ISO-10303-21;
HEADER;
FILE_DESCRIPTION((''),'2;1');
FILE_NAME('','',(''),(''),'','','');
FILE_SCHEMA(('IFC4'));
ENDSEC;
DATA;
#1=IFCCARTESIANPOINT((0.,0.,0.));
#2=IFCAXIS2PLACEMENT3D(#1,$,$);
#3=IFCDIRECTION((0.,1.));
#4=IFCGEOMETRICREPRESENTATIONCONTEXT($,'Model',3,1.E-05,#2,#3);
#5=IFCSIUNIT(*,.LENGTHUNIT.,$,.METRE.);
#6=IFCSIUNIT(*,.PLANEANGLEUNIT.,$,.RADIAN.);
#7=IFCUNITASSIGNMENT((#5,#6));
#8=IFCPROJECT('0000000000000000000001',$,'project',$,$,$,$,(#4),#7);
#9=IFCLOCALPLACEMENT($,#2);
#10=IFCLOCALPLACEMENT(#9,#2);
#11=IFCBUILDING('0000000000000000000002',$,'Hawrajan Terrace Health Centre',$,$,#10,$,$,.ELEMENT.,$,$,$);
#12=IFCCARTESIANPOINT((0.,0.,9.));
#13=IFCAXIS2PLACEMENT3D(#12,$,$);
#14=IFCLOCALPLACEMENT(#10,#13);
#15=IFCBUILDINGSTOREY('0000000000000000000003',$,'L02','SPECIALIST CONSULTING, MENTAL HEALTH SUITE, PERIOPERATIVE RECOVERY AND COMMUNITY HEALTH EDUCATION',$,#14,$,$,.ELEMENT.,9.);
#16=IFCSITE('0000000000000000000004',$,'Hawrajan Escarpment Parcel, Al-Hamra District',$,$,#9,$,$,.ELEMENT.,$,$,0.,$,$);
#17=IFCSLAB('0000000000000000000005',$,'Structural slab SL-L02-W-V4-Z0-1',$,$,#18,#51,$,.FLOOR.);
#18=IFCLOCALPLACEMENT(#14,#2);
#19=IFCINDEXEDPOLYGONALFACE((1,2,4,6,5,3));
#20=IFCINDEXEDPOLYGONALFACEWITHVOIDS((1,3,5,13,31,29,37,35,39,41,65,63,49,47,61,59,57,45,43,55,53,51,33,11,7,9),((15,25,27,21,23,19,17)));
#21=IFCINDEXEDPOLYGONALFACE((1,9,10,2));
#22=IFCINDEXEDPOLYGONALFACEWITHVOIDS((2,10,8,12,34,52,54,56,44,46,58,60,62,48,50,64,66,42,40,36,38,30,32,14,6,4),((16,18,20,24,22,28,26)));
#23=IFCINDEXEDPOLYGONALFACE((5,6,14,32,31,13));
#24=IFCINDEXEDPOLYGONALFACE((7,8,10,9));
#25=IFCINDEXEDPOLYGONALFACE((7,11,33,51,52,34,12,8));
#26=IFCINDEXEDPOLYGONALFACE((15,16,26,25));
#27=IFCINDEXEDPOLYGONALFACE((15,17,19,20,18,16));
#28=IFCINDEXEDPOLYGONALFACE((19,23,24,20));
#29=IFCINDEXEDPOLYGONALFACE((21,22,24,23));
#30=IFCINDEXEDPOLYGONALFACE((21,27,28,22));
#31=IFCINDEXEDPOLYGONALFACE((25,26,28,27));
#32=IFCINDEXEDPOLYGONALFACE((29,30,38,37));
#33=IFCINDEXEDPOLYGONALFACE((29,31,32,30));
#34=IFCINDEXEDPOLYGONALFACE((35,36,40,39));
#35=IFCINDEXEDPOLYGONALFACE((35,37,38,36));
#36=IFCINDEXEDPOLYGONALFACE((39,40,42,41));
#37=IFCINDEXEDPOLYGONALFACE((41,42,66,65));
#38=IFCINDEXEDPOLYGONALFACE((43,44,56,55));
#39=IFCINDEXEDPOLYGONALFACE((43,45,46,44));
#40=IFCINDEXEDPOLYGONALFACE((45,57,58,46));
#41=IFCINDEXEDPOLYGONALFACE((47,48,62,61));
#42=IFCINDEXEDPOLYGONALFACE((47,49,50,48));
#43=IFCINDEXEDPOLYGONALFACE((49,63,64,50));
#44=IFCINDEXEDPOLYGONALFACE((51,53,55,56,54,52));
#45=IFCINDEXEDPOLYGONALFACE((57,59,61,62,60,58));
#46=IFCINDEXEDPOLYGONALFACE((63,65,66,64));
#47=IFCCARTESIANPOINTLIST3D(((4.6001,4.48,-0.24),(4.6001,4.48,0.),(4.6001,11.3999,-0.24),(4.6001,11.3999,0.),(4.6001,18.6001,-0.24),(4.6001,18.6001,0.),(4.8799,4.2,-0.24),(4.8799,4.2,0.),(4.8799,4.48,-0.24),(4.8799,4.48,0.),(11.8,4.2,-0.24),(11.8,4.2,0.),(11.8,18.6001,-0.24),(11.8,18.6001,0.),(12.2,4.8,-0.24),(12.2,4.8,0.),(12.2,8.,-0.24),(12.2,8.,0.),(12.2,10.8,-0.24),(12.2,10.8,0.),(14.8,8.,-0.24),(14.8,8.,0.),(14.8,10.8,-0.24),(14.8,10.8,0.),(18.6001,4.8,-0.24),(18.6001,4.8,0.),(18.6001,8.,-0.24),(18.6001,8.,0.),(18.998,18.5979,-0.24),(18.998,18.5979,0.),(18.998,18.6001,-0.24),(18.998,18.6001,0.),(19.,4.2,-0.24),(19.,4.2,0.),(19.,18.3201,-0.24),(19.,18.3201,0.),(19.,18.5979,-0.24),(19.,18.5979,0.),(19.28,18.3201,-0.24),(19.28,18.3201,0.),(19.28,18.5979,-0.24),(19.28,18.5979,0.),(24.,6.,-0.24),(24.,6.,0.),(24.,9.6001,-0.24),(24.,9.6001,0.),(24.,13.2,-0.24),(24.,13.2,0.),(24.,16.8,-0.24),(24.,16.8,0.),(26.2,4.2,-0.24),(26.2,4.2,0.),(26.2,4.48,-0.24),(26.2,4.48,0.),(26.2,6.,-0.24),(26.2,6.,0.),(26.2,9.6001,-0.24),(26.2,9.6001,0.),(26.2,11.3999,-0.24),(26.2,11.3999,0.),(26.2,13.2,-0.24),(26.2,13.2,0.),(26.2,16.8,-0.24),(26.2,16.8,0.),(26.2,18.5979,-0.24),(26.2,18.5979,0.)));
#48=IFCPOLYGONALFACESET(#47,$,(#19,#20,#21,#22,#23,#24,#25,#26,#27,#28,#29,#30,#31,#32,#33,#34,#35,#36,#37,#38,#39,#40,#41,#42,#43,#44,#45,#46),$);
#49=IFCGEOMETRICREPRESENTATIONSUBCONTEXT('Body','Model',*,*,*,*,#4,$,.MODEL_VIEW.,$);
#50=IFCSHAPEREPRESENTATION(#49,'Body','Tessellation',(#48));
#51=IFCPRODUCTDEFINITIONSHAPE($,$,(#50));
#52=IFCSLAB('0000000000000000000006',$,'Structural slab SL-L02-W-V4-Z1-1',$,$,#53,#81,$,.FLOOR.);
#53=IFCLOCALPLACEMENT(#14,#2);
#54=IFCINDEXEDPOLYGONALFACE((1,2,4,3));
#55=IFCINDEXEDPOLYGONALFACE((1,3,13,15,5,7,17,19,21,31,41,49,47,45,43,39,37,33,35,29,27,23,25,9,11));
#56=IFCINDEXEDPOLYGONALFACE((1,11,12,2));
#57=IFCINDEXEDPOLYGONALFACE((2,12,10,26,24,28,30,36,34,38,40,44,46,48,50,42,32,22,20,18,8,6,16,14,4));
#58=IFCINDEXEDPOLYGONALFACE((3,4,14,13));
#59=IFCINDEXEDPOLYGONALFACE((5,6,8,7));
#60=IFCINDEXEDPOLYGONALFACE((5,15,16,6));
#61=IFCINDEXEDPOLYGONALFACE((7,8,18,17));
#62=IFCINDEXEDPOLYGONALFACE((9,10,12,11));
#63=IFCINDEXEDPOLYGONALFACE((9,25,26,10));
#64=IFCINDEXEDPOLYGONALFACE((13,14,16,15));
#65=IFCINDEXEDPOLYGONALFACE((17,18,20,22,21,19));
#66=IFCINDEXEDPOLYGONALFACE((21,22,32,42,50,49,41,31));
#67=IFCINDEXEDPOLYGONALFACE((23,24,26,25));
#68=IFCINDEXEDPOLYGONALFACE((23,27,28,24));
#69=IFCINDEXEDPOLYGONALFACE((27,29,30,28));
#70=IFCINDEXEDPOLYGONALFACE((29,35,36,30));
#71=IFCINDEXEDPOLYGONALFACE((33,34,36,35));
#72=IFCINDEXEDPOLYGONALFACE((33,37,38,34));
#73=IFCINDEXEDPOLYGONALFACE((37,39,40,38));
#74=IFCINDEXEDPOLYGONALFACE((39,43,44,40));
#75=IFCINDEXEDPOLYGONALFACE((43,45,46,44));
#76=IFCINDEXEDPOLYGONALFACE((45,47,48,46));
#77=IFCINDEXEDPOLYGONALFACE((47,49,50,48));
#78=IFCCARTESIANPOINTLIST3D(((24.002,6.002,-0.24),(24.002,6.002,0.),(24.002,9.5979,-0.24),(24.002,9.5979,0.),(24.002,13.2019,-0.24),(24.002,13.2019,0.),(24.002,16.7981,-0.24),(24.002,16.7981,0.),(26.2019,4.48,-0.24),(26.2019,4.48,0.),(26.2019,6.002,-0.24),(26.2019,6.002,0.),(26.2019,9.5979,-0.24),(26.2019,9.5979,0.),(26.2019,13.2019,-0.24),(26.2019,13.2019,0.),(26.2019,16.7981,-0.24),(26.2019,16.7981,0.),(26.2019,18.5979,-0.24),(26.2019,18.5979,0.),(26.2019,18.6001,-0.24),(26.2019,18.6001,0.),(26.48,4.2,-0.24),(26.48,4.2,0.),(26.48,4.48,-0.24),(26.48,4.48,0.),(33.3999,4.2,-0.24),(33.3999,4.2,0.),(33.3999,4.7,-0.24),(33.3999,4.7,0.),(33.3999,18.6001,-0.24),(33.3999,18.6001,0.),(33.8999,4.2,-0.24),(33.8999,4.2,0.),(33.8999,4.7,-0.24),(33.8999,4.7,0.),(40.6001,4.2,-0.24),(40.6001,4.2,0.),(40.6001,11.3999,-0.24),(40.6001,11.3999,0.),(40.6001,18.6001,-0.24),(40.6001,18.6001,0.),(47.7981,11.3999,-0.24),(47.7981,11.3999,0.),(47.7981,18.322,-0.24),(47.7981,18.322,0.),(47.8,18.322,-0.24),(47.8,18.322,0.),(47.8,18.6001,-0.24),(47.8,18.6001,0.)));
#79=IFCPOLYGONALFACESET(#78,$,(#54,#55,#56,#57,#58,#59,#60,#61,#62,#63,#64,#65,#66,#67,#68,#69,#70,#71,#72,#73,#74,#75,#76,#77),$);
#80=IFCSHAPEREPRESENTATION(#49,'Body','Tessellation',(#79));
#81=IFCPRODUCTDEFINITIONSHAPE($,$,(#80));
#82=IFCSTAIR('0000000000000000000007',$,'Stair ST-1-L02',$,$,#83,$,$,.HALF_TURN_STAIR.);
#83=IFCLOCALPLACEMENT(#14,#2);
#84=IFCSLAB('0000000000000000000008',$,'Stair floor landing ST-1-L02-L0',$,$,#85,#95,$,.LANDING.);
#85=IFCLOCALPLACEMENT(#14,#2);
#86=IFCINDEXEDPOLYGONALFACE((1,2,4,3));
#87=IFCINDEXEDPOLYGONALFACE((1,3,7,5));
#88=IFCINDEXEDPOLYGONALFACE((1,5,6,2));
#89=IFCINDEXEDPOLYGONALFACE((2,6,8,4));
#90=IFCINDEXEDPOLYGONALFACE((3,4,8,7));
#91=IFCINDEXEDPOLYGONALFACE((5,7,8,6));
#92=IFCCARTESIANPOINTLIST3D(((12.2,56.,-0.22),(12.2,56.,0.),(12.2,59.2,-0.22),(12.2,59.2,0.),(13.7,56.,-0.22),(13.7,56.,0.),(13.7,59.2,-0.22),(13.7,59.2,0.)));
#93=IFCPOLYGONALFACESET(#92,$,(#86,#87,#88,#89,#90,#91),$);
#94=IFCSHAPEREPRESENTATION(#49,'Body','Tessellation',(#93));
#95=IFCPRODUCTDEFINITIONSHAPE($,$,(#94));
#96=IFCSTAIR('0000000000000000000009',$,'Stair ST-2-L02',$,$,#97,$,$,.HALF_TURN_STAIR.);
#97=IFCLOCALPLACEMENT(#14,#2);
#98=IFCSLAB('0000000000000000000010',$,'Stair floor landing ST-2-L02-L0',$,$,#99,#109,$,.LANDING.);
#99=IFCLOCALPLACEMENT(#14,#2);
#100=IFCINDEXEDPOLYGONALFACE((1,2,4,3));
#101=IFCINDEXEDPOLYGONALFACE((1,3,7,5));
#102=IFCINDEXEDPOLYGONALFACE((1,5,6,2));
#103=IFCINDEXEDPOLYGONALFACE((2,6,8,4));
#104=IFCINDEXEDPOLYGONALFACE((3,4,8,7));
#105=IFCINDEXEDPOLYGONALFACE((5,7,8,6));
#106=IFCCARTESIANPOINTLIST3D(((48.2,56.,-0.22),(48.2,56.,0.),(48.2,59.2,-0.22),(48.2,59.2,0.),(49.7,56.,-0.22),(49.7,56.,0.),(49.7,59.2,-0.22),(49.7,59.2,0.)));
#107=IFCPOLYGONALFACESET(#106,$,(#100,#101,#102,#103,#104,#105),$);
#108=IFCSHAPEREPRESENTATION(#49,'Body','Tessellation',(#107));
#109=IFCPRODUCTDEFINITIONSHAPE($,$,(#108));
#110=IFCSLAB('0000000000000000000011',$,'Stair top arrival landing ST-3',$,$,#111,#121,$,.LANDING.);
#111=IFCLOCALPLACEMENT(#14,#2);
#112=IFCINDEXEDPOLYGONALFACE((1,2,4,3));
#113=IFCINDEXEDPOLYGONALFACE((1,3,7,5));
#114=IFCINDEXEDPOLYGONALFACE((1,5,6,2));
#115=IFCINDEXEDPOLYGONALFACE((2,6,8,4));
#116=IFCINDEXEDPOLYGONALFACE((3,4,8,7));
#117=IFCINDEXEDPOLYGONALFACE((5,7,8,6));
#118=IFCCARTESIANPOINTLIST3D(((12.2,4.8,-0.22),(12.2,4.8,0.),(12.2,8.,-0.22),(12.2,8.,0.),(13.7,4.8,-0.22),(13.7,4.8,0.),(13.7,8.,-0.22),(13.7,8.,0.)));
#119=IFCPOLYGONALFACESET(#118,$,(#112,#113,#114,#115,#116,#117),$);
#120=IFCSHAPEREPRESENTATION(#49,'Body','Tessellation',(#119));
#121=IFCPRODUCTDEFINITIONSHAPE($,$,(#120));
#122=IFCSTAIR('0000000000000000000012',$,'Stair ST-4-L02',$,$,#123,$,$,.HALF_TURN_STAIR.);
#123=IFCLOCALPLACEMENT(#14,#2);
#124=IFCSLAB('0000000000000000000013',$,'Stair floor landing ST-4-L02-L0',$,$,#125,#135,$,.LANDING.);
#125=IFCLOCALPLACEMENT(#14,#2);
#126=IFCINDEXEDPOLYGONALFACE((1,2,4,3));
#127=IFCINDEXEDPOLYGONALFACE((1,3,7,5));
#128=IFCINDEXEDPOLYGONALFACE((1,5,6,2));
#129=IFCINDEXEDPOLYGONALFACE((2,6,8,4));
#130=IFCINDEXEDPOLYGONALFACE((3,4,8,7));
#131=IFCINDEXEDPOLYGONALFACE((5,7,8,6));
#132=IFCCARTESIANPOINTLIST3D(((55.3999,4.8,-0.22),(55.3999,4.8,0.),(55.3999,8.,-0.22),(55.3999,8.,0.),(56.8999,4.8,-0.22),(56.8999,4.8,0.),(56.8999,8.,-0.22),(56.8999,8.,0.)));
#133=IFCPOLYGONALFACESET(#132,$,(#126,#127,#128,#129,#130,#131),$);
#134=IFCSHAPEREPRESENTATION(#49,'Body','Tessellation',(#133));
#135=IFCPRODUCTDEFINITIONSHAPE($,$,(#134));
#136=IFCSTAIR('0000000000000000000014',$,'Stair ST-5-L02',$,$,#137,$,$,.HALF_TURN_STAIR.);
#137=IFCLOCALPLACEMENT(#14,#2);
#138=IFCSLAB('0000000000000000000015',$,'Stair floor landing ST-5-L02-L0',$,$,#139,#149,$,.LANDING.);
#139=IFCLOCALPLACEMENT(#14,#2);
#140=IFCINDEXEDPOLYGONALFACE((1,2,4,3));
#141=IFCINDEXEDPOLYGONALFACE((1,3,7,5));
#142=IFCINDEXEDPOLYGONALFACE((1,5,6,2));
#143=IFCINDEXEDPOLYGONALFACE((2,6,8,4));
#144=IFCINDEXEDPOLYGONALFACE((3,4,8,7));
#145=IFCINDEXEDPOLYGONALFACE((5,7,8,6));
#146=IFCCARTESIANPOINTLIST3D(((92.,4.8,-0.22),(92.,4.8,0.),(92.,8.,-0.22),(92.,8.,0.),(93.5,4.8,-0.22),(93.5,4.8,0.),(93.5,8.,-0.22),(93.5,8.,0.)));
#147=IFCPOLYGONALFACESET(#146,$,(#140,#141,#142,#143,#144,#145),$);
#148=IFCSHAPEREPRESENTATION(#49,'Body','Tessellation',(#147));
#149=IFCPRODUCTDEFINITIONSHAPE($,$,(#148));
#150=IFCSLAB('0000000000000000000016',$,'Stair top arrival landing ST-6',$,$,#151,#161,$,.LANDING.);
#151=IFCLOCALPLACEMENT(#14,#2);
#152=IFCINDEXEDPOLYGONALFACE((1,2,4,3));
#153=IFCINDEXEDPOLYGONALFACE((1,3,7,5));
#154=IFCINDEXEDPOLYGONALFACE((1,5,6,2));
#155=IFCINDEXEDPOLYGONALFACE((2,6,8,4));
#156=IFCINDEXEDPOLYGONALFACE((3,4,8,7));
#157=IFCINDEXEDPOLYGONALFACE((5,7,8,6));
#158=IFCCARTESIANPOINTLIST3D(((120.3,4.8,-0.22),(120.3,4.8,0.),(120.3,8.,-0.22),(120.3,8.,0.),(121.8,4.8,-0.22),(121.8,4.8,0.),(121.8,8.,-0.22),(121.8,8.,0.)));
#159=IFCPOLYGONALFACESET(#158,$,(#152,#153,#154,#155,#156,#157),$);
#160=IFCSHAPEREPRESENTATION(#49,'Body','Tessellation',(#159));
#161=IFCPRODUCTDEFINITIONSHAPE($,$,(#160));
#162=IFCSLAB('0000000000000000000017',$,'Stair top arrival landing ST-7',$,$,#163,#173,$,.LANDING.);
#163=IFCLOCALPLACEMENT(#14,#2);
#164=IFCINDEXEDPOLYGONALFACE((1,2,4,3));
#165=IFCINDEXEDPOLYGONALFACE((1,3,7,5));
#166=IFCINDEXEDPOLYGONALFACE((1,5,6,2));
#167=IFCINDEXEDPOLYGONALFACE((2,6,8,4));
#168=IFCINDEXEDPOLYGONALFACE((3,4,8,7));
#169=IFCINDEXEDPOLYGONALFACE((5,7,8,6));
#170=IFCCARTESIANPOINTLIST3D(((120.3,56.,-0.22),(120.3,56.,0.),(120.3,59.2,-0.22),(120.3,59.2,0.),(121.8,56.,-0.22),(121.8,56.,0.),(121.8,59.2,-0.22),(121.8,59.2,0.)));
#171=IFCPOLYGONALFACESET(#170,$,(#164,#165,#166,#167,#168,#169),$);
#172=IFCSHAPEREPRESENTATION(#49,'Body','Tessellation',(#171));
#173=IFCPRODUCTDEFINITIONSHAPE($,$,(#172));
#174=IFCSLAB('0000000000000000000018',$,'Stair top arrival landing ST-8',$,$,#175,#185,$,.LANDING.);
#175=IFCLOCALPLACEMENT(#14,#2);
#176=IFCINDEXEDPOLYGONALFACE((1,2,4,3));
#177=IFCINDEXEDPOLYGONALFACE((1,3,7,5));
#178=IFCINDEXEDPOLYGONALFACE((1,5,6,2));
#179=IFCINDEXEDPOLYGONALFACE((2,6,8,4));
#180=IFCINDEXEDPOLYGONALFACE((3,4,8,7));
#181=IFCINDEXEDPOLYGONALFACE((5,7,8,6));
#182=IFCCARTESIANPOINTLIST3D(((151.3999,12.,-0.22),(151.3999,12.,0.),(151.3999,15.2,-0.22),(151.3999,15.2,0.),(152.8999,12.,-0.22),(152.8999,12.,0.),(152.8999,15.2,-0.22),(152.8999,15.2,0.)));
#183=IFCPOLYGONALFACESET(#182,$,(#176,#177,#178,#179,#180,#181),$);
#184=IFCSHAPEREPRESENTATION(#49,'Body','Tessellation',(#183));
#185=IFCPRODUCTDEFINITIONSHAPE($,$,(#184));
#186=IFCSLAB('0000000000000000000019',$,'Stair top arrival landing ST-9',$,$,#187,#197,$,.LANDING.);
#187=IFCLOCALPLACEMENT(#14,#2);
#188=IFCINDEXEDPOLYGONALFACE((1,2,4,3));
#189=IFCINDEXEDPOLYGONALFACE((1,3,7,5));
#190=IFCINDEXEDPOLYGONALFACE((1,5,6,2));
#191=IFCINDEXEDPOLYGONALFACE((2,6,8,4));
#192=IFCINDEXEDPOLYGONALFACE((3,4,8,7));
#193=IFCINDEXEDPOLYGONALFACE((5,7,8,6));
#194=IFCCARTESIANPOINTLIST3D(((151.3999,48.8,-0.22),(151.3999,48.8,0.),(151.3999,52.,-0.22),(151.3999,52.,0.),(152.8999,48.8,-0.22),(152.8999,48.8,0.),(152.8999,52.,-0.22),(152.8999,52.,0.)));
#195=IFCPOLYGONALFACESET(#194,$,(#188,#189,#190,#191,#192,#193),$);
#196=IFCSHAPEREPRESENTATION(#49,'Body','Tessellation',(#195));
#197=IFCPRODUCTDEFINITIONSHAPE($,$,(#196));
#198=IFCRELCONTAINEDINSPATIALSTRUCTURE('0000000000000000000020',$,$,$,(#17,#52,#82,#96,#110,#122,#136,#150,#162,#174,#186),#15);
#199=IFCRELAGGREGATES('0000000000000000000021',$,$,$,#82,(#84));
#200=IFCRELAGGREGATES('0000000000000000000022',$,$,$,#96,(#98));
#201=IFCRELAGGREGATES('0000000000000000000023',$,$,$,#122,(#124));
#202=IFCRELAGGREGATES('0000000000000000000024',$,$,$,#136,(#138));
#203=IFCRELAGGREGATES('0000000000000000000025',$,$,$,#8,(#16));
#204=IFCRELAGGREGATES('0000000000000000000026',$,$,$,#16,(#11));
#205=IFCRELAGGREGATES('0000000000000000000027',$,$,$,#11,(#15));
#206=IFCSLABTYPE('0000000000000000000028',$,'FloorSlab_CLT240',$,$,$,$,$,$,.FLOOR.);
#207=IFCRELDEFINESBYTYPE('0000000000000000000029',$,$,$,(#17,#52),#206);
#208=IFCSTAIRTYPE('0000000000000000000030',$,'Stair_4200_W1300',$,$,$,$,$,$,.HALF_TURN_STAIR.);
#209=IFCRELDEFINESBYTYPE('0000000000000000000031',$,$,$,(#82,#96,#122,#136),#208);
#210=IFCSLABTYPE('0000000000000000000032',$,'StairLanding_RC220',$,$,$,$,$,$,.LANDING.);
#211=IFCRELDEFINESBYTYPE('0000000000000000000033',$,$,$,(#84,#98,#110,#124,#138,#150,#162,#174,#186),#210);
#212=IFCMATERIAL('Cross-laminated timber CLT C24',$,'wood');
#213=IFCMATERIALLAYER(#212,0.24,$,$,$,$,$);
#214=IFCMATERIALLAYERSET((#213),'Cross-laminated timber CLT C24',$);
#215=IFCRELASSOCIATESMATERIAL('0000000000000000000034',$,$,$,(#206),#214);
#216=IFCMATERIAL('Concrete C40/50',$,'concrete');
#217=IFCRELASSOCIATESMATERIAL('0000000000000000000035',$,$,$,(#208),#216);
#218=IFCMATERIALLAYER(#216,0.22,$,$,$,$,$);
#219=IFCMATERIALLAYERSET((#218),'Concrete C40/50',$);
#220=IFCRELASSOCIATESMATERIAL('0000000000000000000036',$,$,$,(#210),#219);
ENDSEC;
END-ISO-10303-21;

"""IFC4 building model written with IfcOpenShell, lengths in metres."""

from ifc_helpers import new_model, si_unit, direction, frame, origin, place, context, subcontext, project, spatial, polyline, outline, extrude, material, layer, layer_set, type_object, element, aggregate, save


model = new_model("IFC4")

# Units and contexts
model_context = context("Model", 3, precision=1e-05, world=origin(), true_north=direction((0.0, 1.0)))
body_context = subcontext(model_context, "Body", "Model", "MODEL_VIEW")
ifc_project = project(units=[si_unit("LENGTHUNIT", "METRE"), si_unit("PLANEANGLEUNIT", "RADIAN")], contexts=[model_context])

# Site, building, storey
site_placement = place(None, origin())
site = spatial("IfcSite", under=ifc_project, at=site_placement, Name="Hawrajan Escarpment Parcel, Al-Hamra District", CompositionType="ELEMENT", RefElevation=0.0)
building_placement = place(site_placement, origin())
building = spatial("IfcBuilding", under=site, at=building_placement, Name="Hawrajan Terrace Health Centre", CompositionType="ELEMENT")
storey_placement = place(building_placement, frame((0.0, 0.0, 9.0)))
storey = spatial("IfcBuildingStorey", under=building, at=storey_placement, Name="L02", Description="SPECIALIST CONSULTING, MENTAL HEALTH SUITE, PERIOPERATIVE RECOVERY AND COMMUNITY HEALTH EDUCATION", CompositionType="ELEMENT", Elevation=9.0)

# Slabs
ifc_material_1 = material(Name="Cross-laminated timber CLT C24", Category="wood")
ifc_layer_1 = layer(ifc_material_1, 0.24)
ifc_layer_set_1 = layer_set([ifc_layer_1], Name="Cross-laminated timber CLT C24")
slab_type_1 = type_object("IfcSlabType", Name="FloorSlab_CLT240", PredefinedType="FLOOR", material=ifc_layer_set_1)
slab_1_placement = place(storey_placement, frame((0.0, 0.0, -0.24)))
element("IfcSlab", 1, at=slab_1_placement, inside=storey, type_object=slab_type_1, Name="Structural slab SL-L02-W-V4-Z0-1", PredefinedType="FLOOR", context=body_context, shape_type="SweptSolid", body=[
    extrude(outline(polyline([(11.8, 18.6001), (18.998, 18.6001), (18.998, 18.5979), (19.0, 18.5979), (19.0, 18.3201), (19.28, 18.3201), (19.28, 18.5979), (26.2, 18.5979), (26.2, 16.8), (24.0, 16.8), (24.0, 13.2), (26.2, 13.2), (26.2, 11.3999), (26.2, 9.6001), (24.0, 9.6001), (24.0, 6.0), (26.2, 6.0), (26.2, 4.48), (26.2, 4.2), (19.0, 4.2), (11.8, 4.2), (4.8799, 4.2), (4.8799, 4.48), (4.6001, 4.48), (4.6001, 11.3999), (4.6001, 18.6001), (11.8, 18.6001)]), holes=[polyline([(12.2, 4.8), (18.6001, 4.8), (18.6001, 8.0), (14.8, 8.0), (14.8, 10.8), (12.2, 10.8), (12.2, 8.0), (12.2, 4.8)])]), origin(), (0.0, 0.0, 1.0), 0.24),
])
slab_2_placement = place(storey_placement, frame((0.0, 0.0, -0.24)))
element("IfcSlab", 2, at=slab_2_placement, inside=storey, type_object=slab_type_1, Name="Structural slab SL-L02-W-V4-Z1-1", PredefinedType="FLOOR", context=body_context, shape_type="SweptSolid", body=[
    extrude(outline(polyline([(33.3999, 18.6001), (40.6001, 18.6001), (47.8, 18.6001), (47.8, 18.322), (47.7981, 18.322), (47.7981, 11.3999), (40.6001, 11.3999), (40.6001, 4.2), (33.8999, 4.2), (33.8999, 4.7), (33.3999, 4.7), (33.3999, 4.2), (26.48, 4.2), (26.48, 4.48), (26.2019, 4.48), (26.2019, 6.002), (24.002, 6.002), (24.002, 9.5979), (26.2019, 9.5979), (26.2019, 13.2019), (24.002, 13.2019), (24.002, 16.7981), (26.2019, 16.7981), (26.2019, 18.5979), (26.2019, 18.6001), (33.3999, 18.6001)])), origin(), (0.0, 0.0, 1.0), 0.24),
])

# Stairs, slabs
ifc_material_2 = material(Name="Concrete C40/50", Category="concrete")
stair_type = type_object("IfcStairType", Name="Stair_4200_W1300", PredefinedType="HALF_TURN_STAIR", material=ifc_material_2)
stair_1_placement = place(storey_placement, origin())
stair_1 = element("IfcStair", 3, at=stair_1_placement, inside=storey, type_object=stair_type, Name="Stair ST-1-L02", PredefinedType="HALF_TURN_STAIR")
ifc_layer_2 = layer(ifc_material_2, 0.22)
ifc_layer_set_2 = layer_set([ifc_layer_2], Name="Concrete C40/50")
slab_type_2 = type_object("IfcSlabType", Name="StairLanding_RC220", PredefinedType="LANDING", material=ifc_layer_set_2)
slab_3_placement = place(storey_placement, frame((0.0, 0.0, -0.22)))
slab_3 = element("IfcSlab", 4, at=slab_3_placement, type_object=slab_type_2, Name="Stair floor landing ST-1-L02-L0", PredefinedType="LANDING", context=body_context, shape_type="SweptSolid", body=[
    extrude(outline(polyline([(12.2, 56.0), (13.7, 56.0), (13.7, 59.2), (12.2, 59.2), (12.2, 56.0)])), origin(), (0.0, 0.0, 1.0), 0.22),
])
aggregate(stair_1, [slab_3])
stair_2_placement = place(storey_placement, origin())
stair_2 = element("IfcStair", 5, at=stair_2_placement, inside=storey, type_object=stair_type, Name="Stair ST-2-L02", PredefinedType="HALF_TURN_STAIR")
slab_4_placement = place(storey_placement, frame((0.0, 0.0, -0.22)))
slab_4 = element("IfcSlab", 6, at=slab_4_placement, type_object=slab_type_2, Name="Stair floor landing ST-2-L02-L0", PredefinedType="LANDING", context=body_context, shape_type="SweptSolid", body=[
    extrude(outline(polyline([(48.2, 56.0), (49.7, 56.0), (49.7, 59.2), (48.2, 59.2), (48.2, 56.0)])), origin(), (0.0, 0.0, 1.0), 0.22),
])
aggregate(stair_2, [slab_4])

# Slab
slab_5_placement = place(storey_placement, frame((0.0, 0.0, -0.22)))
element("IfcSlab", 7, at=slab_5_placement, inside=storey, type_object=slab_type_2, Name="Stair top arrival landing ST-3", PredefinedType="LANDING", context=body_context, shape_type="SweptSolid", body=[
    extrude(outline(polyline([(12.2, 4.8), (13.7, 4.8), (13.7, 8.0), (12.2, 8.0), (12.2, 4.8)])), origin(), (0.0, 0.0, 1.0), 0.22),
])

# Stairs, slabs
stair_3_placement = place(storey_placement, origin())
stair_3 = element("IfcStair", 8, at=stair_3_placement, inside=storey, type_object=stair_type, Name="Stair ST-4-L02", PredefinedType="HALF_TURN_STAIR")
slab_6_placement = place(storey_placement, frame((0.0, 0.0, -0.22)))
slab_6 = element("IfcSlab", 9, at=slab_6_placement, type_object=slab_type_2, Name="Stair floor landing ST-4-L02-L0", PredefinedType="LANDING", context=body_context, shape_type="SweptSolid", body=[
    extrude(outline(polyline([(55.3999, 4.8), (56.8999, 4.8), (56.8999, 8.0), (55.3999, 8.0), (55.3999, 4.8)])), origin(), (0.0, 0.0, 1.0), 0.22),
])
aggregate(stair_3, [slab_6])
stair_4_placement = place(storey_placement, origin())
stair_4 = element("IfcStair", 10, at=stair_4_placement, inside=storey, type_object=stair_type, Name="Stair ST-5-L02", PredefinedType="HALF_TURN_STAIR")
slab_7_placement = place(storey_placement, frame((0.0, 0.0, -0.22)))
slab_7 = element("IfcSlab", 11, at=slab_7_placement, type_object=slab_type_2, Name="Stair floor landing ST-5-L02-L0", PredefinedType="LANDING", context=body_context, shape_type="SweptSolid", body=[
    extrude(outline(polyline([(92.0, 4.8), (93.5, 4.8), (93.5, 8.0), (92.0, 8.0), (92.0, 4.8)])), origin(), (0.0, 0.0, 1.0), 0.22),
])
aggregate(stair_4, [slab_7])

# Slabs
slab_8_placement = place(storey_placement, frame((0.0, 0.0, -0.22)))
element("IfcSlab", 12, at=slab_8_placement, inside=storey, type_object=slab_type_2, Name="Stair top arrival landing ST-6", PredefinedType="LANDING", context=body_context, shape_type="SweptSolid", body=[
    extrude(outline(polyline([(120.3, 4.8), (121.8, 4.8), (121.8, 8.0), (120.3, 8.0), (120.3, 4.8)])), origin(), (0.0, 0.0, 1.0), 0.22),
])
slab_9_placement = place(storey_placement, frame((0.0, 0.0, -0.22)))
element("IfcSlab", 13, at=slab_9_placement, inside=storey, type_object=slab_type_2, Name="Stair top arrival landing ST-7", PredefinedType="LANDING", context=body_context, shape_type="SweptSolid", body=[
    extrude(outline(polyline([(120.3, 56.0), (121.8, 56.0), (121.8, 59.2), (120.3, 59.2), (120.3, 56.0)])), origin(), (0.0, 0.0, 1.0), 0.22),
])
slab_10_placement = place(storey_placement, frame((0.0, 0.0, -0.22)))
element("IfcSlab", 14, at=slab_10_placement, inside=storey, type_object=slab_type_2, Name="Stair top arrival landing ST-8", PredefinedType="LANDING", context=body_context, shape_type="SweptSolid", body=[
    extrude(outline(polyline([(151.3999, 12.0), (152.8999, 12.0), (152.8999, 15.2), (151.3999, 15.2), (151.3999, 12.0)])), origin(), (0.0, 0.0, 1.0), 0.22),
])
slab_11_placement = place(storey_placement, frame((0.0, 0.0, -0.22)))
element("IfcSlab", 15, at=slab_11_placement, inside=storey, type_object=slab_type_2, Name="Stair top arrival landing ST-9", PredefinedType="LANDING", context=body_context, shape_type="SweptSolid", body=[
    extrude(outline(polyline([(151.3999, 48.8), (152.8999, 48.8), (152.8999, 52.0), (151.3999, 52.0), (151.3999, 48.8)])), origin(), (0.0, 0.0, 1.0), 0.22),
])

save(model, "model.ifc")
